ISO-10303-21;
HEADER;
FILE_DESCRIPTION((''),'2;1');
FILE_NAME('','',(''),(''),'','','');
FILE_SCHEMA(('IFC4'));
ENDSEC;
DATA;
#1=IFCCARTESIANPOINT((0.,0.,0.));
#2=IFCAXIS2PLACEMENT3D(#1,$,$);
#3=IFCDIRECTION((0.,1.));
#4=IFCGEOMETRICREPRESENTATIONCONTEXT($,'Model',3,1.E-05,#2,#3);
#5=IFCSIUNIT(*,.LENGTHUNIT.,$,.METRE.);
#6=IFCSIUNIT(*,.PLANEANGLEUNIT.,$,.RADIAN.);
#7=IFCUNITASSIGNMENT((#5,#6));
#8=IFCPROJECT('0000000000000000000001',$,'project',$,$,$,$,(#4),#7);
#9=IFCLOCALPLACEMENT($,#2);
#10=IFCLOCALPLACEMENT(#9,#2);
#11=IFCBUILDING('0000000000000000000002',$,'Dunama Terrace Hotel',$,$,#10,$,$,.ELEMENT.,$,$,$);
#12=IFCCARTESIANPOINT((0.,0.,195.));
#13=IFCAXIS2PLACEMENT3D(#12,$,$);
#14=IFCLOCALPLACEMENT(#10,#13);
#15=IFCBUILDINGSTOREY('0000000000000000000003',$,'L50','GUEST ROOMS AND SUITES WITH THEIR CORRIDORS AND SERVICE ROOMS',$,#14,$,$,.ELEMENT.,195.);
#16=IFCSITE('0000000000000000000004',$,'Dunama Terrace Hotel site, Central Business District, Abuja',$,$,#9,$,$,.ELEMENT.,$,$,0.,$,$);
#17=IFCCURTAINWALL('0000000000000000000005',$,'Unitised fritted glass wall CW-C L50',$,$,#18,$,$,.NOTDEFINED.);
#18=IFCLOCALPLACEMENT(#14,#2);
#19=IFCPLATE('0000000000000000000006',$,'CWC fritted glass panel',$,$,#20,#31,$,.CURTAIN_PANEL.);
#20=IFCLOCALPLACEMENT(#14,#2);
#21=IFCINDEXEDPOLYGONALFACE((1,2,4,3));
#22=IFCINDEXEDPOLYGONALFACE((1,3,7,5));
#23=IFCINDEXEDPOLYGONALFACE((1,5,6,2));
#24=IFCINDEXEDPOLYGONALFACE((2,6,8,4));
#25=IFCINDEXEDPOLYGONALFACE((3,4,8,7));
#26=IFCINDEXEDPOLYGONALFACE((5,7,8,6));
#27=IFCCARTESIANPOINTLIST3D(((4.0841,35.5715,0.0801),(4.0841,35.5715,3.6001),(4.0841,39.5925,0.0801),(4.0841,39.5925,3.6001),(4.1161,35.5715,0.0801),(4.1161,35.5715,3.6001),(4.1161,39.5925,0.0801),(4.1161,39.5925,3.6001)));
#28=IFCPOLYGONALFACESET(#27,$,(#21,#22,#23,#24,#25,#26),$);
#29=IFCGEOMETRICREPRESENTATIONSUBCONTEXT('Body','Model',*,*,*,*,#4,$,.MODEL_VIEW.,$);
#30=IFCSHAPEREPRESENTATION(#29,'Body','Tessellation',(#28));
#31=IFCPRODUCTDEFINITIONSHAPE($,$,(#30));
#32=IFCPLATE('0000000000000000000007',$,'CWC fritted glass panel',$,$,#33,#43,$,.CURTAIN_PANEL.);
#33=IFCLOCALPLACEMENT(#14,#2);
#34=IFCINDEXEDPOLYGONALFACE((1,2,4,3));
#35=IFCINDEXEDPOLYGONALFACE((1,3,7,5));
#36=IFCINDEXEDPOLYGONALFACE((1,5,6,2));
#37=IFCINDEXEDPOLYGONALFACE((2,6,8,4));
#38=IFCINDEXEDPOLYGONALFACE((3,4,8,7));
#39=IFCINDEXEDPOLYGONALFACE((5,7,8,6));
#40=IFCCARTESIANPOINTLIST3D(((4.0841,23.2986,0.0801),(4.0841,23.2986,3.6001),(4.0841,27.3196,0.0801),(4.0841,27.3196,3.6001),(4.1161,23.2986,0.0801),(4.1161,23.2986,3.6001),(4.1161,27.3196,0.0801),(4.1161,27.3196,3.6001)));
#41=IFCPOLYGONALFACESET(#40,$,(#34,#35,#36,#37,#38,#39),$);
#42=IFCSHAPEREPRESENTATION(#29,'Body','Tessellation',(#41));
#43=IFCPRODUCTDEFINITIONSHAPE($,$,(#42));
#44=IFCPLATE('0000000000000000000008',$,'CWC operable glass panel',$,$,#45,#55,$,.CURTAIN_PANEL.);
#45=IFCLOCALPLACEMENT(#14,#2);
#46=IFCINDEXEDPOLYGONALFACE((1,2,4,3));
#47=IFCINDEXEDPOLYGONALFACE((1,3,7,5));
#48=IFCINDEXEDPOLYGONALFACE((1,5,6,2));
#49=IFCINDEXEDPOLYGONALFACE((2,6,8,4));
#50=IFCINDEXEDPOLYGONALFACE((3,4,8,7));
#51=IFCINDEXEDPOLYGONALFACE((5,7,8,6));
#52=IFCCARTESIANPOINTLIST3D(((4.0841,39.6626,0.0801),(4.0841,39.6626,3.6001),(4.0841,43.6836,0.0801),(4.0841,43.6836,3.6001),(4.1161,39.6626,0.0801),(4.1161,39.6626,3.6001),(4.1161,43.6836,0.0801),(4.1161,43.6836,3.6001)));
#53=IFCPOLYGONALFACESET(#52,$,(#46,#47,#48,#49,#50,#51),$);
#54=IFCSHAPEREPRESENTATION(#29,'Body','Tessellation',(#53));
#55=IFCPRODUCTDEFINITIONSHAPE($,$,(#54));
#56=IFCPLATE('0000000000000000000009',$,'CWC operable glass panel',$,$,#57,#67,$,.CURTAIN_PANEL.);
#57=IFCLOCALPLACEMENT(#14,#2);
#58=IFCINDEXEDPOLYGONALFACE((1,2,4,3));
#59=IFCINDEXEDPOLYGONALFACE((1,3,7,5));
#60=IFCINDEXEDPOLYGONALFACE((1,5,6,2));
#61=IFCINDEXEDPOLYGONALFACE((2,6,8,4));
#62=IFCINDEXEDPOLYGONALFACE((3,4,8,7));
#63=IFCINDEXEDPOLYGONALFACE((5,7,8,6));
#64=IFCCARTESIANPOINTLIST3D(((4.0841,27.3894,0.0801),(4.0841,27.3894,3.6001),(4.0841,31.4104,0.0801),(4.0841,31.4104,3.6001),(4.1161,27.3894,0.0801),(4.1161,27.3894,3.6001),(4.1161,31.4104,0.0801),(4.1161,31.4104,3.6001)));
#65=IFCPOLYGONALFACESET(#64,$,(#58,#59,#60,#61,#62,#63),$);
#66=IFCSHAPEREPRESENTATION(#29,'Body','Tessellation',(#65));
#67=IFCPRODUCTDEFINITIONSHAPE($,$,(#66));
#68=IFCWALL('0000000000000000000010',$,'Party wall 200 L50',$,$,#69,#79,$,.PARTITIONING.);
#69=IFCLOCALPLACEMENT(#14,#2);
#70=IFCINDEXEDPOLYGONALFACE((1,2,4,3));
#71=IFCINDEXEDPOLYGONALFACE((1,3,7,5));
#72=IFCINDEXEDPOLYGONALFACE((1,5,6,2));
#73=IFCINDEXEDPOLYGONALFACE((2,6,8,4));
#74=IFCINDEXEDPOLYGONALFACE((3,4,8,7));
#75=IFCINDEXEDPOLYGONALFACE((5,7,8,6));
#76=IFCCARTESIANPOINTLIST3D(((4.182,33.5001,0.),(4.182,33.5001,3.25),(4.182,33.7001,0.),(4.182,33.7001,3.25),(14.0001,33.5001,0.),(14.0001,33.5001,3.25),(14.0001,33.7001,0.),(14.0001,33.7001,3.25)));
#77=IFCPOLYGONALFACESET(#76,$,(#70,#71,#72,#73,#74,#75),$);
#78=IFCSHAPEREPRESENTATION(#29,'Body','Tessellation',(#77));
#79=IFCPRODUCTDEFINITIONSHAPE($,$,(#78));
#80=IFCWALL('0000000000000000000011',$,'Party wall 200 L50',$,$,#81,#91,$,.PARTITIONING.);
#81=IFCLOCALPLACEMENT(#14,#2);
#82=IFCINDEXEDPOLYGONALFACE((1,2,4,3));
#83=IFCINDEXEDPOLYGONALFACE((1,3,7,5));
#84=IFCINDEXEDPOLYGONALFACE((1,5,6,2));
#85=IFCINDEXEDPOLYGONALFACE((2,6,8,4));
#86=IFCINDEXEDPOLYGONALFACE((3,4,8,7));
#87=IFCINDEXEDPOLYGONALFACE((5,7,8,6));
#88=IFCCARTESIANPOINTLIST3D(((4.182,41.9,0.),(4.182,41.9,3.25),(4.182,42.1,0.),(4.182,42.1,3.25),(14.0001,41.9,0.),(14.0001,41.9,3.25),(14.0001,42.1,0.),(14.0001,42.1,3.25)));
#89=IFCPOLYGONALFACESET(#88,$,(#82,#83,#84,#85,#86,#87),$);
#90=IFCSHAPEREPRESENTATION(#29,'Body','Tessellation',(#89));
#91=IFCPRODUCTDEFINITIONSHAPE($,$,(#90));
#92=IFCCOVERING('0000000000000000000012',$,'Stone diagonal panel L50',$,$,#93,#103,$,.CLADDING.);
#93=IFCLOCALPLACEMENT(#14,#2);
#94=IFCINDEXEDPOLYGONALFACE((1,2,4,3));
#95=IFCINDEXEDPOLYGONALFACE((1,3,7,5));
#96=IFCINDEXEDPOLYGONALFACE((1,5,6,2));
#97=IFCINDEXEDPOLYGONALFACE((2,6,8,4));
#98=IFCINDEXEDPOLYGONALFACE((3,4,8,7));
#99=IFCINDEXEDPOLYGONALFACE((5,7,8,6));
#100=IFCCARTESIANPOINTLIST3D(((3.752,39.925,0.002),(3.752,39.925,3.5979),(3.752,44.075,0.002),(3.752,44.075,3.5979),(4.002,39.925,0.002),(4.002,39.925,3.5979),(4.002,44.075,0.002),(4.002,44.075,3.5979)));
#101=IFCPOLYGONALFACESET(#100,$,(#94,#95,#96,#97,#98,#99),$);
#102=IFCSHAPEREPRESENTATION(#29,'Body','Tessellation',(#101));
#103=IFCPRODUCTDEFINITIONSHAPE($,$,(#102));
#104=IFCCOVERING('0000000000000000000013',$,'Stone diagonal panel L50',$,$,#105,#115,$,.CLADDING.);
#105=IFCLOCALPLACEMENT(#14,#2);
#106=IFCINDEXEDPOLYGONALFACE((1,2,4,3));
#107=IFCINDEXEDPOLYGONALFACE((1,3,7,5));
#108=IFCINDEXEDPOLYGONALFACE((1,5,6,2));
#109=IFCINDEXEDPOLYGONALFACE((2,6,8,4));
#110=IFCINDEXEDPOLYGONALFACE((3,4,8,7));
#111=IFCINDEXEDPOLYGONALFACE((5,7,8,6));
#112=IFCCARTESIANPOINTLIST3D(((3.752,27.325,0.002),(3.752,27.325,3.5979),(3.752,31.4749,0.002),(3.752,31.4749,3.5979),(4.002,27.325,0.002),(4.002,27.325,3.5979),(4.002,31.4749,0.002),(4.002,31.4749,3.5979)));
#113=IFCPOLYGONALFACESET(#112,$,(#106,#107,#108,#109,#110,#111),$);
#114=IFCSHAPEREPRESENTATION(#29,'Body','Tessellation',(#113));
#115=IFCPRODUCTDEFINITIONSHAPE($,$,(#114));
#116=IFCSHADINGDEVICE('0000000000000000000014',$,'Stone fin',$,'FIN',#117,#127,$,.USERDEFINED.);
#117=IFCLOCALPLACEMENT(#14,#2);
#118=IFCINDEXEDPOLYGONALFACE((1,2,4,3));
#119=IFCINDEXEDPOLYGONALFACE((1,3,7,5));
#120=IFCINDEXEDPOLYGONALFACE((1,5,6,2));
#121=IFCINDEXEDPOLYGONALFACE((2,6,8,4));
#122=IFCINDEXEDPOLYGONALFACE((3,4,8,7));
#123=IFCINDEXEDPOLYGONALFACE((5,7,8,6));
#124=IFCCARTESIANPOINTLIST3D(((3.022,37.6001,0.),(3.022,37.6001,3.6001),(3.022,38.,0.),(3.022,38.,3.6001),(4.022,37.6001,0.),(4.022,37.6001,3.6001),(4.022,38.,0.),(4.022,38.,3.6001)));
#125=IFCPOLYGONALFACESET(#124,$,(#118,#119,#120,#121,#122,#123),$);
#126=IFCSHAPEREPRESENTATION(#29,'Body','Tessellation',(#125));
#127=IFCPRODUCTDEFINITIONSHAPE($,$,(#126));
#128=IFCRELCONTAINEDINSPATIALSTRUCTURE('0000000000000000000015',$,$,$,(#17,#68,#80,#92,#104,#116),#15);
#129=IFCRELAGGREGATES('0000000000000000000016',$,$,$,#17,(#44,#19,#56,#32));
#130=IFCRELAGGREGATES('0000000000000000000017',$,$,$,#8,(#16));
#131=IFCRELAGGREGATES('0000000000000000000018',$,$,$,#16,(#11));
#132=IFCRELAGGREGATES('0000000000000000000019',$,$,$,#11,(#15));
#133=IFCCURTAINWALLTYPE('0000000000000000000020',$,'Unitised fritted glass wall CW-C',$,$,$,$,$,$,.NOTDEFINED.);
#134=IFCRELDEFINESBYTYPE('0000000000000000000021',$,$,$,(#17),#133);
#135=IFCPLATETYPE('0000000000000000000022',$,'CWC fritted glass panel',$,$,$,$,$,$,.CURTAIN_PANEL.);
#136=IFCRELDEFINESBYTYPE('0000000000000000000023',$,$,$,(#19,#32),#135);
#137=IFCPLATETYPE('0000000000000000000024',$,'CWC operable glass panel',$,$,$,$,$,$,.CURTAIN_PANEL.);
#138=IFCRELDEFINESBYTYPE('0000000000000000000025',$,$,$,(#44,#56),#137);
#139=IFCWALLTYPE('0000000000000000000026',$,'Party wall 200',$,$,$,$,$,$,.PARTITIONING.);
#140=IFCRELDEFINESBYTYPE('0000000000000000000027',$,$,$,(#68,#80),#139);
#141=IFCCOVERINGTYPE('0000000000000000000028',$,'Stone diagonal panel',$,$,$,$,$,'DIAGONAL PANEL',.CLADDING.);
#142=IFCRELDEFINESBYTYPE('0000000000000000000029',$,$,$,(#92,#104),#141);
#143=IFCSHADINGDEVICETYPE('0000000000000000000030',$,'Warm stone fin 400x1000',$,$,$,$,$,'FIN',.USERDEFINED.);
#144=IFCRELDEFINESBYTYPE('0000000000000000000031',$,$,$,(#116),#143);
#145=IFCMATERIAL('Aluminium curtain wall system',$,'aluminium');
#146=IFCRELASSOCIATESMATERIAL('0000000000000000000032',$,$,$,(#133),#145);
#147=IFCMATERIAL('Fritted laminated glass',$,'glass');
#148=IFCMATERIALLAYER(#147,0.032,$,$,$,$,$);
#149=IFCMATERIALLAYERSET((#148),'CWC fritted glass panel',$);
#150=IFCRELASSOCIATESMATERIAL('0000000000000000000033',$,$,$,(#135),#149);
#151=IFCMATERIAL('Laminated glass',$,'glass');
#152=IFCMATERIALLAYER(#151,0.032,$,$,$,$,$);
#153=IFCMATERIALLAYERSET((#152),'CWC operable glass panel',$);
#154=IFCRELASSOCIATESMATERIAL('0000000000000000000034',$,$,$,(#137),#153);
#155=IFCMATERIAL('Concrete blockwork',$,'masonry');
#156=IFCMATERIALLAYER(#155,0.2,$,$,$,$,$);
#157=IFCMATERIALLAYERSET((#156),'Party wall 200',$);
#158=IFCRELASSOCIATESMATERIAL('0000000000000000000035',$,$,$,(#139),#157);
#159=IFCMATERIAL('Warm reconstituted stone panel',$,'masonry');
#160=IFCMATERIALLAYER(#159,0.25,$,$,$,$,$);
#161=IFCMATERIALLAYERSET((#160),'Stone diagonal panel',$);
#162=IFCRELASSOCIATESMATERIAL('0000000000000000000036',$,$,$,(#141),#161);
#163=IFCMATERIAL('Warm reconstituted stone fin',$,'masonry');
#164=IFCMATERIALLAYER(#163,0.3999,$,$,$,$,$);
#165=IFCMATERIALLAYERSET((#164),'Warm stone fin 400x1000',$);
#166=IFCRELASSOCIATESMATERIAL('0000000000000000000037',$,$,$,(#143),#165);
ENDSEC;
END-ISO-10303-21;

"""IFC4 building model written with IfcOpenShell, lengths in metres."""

from ifc_helpers import new_model, si_unit, direction, frame, frame_2d, origin, origin_2d, place, context, subcontext, project, spatial, rectangle, extrude, material, layer, layer_set, type_object, element, aggregate, save


model = new_model("IFC4")

# Units and contexts
model_context = context("Model", 3, precision=1e-05, world=origin(), true_north=direction((0.0, 1.0)))
body_context = subcontext(model_context, "Body", "Model", "MODEL_VIEW")
ifc_project = project(units=[si_unit("LENGTHUNIT", "METRE"), si_unit("PLANEANGLEUNIT", "RADIAN")], contexts=[model_context])

# Site, building, storey
site_placement = place(None, origin())
site = spatial("IfcSite", under=ifc_project, at=site_placement, Name="Dunama Terrace Hotel site, Central Business District, Abuja", CompositionType="ELEMENT", RefElevation=0.0)
building_placement = place(site_placement, origin())
building = spatial("IfcBuilding", under=site, at=building_placement, Name="Dunama Terrace Hotel", CompositionType="ELEMENT")
storey_placement = place(building_placement, frame((0.0, 0.0, 195.0)))
storey = spatial("IfcBuildingStorey", under=building, at=storey_placement, Name="L50", Description="GUEST ROOMS AND SUITES WITH THEIR CORRIDORS AND SERVICE ROOMS", CompositionType="ELEMENT", Elevation=195.0)

# Curtain wall
ifc_material_1 = material(Name="Aluminium curtain wall system", Category="aluminium")
curtain_wall_type = type_object("IfcCurtainWallType", Name="Unitised fritted glass wall CW-C", PredefinedType="NOTDEFINED", material=ifc_material_1)
curtain_wall_placement = place(storey_placement, origin())
curtain_wall = element("IfcCurtainWall", 1, at=curtain_wall_placement, inside=storey, type_object=curtain_wall_type, Name="Unitised fritted glass wall CW-C L50", PredefinedType="NOTDEFINED")

# Plates
ifc_material_2 = material(Name="Fritted laminated glass", Category="glass")
ifc_layer_1 = layer(ifc_material_2, 0.032)
ifc_layer_set_1 = layer_set([ifc_layer_1], Name="CWC fritted glass panel")
plate_type_1 = type_object("IfcPlateType", Name="CWC fritted glass panel", PredefinedType="CURTAIN_PANEL", material=ifc_layer_set_1)
plate_1_placement = place(storey_placement, frame((4.1001, 37.582, 0.0801), z_axis=(0.0, 0.0, 1.0), x_axis=(0.0, -1.0, 0.0)))
plate_1 = element("IfcPlate", 2, at=plate_1_placement, type_object=plate_type_1, Name="CWC fritted glass panel", PredefinedType="CURTAIN_PANEL", context=body_context, shape_type="SweptSolid", body=[
    extrude(rectangle(XDim=4.021, YDim=0.032, at=origin_2d()), origin(), (0.0, 0.0, 1.0), 3.52),
])
plate_2_placement = place(storey_placement, frame((4.1001, 25.3091, 0.0801), z_axis=(0.0, 0.0, 1.0), x_axis=(0.0, -1.0, 0.0)))
plate_2 = element("IfcPlate", 3, at=plate_2_placement, type_object=plate_type_1, Name="CWC fritted glass panel", PredefinedType="CURTAIN_PANEL", context=body_context, shape_type="SweptSolid", body=[
    extrude(rectangle(XDim=4.021, YDim=0.032, at=origin_2d()), origin(), (0.0, 0.0, 1.0), 3.52),
])
ifc_material_3 = material(Name="Laminated glass", Category="glass")
ifc_layer_2 = layer(ifc_material_3, 0.032)
ifc_layer_set_2 = layer_set([ifc_layer_2], Name="CWC operable glass panel")
plate_type_2 = type_object("IfcPlateType", Name="CWC operable glass panel", PredefinedType="CURTAIN_PANEL", material=ifc_layer_set_2)
plate_3_placement = place(storey_placement, frame((4.1001, 41.6731, 0.0801), z_axis=(0.0, 0.0, 1.0), x_axis=(0.0, -1.0, 0.0)))
plate_3 = element("IfcPlate", 4, at=plate_3_placement, type_object=plate_type_2, Name="CWC operable glass panel", PredefinedType="CURTAIN_PANEL", context=body_context, shape_type="SweptSolid", body=[
    extrude(rectangle(XDim=4.021, YDim=0.032, at=origin_2d()), origin(), (0.0, 0.0, 1.0), 3.52),
])
plate_4_placement = place(storey_placement, frame((4.1001, 29.3999, 0.0801), z_axis=(0.0, 0.0, 1.0), x_axis=(0.0, -1.0, 0.0)))
plate_4 = element("IfcPlate", 5, at=plate_4_placement, type_object=plate_type_2, Name="CWC operable glass panel", PredefinedType="CURTAIN_PANEL", context=body_context, shape_type="SweptSolid", body=[
    extrude(rectangle(XDim=4.021, YDim=0.032, at=origin_2d()), origin(), (0.0, 0.0, 1.0), 3.52),
])
aggregate(curtain_wall, [plate_3, plate_1, plate_4, plate_2])

# Walls
ifc_material_4 = material(Name="Concrete blockwork", Category="masonry")
ifc_layer_3 = layer(ifc_material_4, 0.2)
ifc_layer_set_3 = layer_set([ifc_layer_3], Name="Party wall 200")
wall_type = type_object("IfcWallType", Name="Party wall 200", PredefinedType="PARTITIONING", material=ifc_layer_set_3)
for number, where, z_axis, x_axis, name in (
    (6, (4.1819, 33.6001, 0.0), (0.0, 0.0, 1.0), (1.0, 0.0, 0.0), "Party wall 200 L50"),
    (7, (4.1819, 42.0, 0.0), (0.0, 0.0, 1.0), (1.0, 0.0, 0.0), "Party wall 200 L50"),
):
    element("IfcWall", number, at=place(storey_placement, frame(where, z_axis=z_axis, x_axis=x_axis)), inside=storey, type_object=wall_type, Name=name, PredefinedType="PARTITIONING", context=body_context, shape_type="SweptSolid", body=[
        extrude(rectangle(XDim=9.8181, YDim=0.2, at=frame_2d((4.9092, 0.0))), origin(), (0.0, 0.0, 1.0), 3.25),
    ])

# Coverings
ifc_material_5 = material(Name="Warm reconstituted stone panel", Category="masonry")
ifc_layer_4 = layer(ifc_material_5, 0.25)
ifc_layer_set_4 = layer_set([ifc_layer_4], Name="Stone diagonal panel")
covering_type = type_object("IfcCoveringType", Name="Stone diagonal panel", ElementType="DIAGONAL PANEL", PredefinedType="CLADDING", material=ifc_layer_set_4)
for number, where, z_axis, x_axis, name in (
    (8, (3.877, 42.0, 0.002), (0.0, 0.0, 1.0), (0.0, -1.0, 0.0), "Stone diagonal panel L50"),
    (9, (3.877, 29.3999, 0.002), (0.0, 0.0, 1.0), (0.0, -1.0, 0.0), "Stone diagonal panel L50"),
):
    element("IfcCovering", number, at=place(storey_placement, frame(where, z_axis=z_axis, x_axis=x_axis)), inside=storey, type_object=covering_type, Name=name, PredefinedType="CLADDING", context=body_context, shape_type="SweptSolid", body=[
        extrude(rectangle(XDim=4.1499, YDim=0.25, at=origin_2d()), origin(), (0.0, 0.0, 1.0), 3.5959),
    ])

# Shading device
ifc_material_6 = material(Name="Warm reconstituted stone fin", Category="masonry")
ifc_layer_5 = layer(ifc_material_6, 0.3999)
ifc_layer_set_5 = layer_set([ifc_layer_5], Name="Warm stone fin 400x1000")
shading_device_type = type_object("IfcShadingDeviceType", Name="Warm stone fin 400x1000", ElementType="FIN", PredefinedType="USERDEFINED", material=ifc_layer_set_5)
shading_device_placement = place(storey_placement, frame((3.522, 37.8, 0.0), z_axis=(0.0, 0.0, 1.0), x_axis=(0.0, -1.0, 0.0)))
element("IfcShadingDevice", 10, at=shading_device_placement, inside=storey, type_object=shading_device_type, Name="Stone fin", ObjectType="FIN", PredefinedType="USERDEFINED", context=body_context, shape_type="SweptSolid", body=[
    extrude(rectangle(XDim=0.3999, YDim=1.0, at=origin_2d()), origin(), (0.0, 0.0, 1.0), 3.6001),
])

save(model, "model.ifc")
